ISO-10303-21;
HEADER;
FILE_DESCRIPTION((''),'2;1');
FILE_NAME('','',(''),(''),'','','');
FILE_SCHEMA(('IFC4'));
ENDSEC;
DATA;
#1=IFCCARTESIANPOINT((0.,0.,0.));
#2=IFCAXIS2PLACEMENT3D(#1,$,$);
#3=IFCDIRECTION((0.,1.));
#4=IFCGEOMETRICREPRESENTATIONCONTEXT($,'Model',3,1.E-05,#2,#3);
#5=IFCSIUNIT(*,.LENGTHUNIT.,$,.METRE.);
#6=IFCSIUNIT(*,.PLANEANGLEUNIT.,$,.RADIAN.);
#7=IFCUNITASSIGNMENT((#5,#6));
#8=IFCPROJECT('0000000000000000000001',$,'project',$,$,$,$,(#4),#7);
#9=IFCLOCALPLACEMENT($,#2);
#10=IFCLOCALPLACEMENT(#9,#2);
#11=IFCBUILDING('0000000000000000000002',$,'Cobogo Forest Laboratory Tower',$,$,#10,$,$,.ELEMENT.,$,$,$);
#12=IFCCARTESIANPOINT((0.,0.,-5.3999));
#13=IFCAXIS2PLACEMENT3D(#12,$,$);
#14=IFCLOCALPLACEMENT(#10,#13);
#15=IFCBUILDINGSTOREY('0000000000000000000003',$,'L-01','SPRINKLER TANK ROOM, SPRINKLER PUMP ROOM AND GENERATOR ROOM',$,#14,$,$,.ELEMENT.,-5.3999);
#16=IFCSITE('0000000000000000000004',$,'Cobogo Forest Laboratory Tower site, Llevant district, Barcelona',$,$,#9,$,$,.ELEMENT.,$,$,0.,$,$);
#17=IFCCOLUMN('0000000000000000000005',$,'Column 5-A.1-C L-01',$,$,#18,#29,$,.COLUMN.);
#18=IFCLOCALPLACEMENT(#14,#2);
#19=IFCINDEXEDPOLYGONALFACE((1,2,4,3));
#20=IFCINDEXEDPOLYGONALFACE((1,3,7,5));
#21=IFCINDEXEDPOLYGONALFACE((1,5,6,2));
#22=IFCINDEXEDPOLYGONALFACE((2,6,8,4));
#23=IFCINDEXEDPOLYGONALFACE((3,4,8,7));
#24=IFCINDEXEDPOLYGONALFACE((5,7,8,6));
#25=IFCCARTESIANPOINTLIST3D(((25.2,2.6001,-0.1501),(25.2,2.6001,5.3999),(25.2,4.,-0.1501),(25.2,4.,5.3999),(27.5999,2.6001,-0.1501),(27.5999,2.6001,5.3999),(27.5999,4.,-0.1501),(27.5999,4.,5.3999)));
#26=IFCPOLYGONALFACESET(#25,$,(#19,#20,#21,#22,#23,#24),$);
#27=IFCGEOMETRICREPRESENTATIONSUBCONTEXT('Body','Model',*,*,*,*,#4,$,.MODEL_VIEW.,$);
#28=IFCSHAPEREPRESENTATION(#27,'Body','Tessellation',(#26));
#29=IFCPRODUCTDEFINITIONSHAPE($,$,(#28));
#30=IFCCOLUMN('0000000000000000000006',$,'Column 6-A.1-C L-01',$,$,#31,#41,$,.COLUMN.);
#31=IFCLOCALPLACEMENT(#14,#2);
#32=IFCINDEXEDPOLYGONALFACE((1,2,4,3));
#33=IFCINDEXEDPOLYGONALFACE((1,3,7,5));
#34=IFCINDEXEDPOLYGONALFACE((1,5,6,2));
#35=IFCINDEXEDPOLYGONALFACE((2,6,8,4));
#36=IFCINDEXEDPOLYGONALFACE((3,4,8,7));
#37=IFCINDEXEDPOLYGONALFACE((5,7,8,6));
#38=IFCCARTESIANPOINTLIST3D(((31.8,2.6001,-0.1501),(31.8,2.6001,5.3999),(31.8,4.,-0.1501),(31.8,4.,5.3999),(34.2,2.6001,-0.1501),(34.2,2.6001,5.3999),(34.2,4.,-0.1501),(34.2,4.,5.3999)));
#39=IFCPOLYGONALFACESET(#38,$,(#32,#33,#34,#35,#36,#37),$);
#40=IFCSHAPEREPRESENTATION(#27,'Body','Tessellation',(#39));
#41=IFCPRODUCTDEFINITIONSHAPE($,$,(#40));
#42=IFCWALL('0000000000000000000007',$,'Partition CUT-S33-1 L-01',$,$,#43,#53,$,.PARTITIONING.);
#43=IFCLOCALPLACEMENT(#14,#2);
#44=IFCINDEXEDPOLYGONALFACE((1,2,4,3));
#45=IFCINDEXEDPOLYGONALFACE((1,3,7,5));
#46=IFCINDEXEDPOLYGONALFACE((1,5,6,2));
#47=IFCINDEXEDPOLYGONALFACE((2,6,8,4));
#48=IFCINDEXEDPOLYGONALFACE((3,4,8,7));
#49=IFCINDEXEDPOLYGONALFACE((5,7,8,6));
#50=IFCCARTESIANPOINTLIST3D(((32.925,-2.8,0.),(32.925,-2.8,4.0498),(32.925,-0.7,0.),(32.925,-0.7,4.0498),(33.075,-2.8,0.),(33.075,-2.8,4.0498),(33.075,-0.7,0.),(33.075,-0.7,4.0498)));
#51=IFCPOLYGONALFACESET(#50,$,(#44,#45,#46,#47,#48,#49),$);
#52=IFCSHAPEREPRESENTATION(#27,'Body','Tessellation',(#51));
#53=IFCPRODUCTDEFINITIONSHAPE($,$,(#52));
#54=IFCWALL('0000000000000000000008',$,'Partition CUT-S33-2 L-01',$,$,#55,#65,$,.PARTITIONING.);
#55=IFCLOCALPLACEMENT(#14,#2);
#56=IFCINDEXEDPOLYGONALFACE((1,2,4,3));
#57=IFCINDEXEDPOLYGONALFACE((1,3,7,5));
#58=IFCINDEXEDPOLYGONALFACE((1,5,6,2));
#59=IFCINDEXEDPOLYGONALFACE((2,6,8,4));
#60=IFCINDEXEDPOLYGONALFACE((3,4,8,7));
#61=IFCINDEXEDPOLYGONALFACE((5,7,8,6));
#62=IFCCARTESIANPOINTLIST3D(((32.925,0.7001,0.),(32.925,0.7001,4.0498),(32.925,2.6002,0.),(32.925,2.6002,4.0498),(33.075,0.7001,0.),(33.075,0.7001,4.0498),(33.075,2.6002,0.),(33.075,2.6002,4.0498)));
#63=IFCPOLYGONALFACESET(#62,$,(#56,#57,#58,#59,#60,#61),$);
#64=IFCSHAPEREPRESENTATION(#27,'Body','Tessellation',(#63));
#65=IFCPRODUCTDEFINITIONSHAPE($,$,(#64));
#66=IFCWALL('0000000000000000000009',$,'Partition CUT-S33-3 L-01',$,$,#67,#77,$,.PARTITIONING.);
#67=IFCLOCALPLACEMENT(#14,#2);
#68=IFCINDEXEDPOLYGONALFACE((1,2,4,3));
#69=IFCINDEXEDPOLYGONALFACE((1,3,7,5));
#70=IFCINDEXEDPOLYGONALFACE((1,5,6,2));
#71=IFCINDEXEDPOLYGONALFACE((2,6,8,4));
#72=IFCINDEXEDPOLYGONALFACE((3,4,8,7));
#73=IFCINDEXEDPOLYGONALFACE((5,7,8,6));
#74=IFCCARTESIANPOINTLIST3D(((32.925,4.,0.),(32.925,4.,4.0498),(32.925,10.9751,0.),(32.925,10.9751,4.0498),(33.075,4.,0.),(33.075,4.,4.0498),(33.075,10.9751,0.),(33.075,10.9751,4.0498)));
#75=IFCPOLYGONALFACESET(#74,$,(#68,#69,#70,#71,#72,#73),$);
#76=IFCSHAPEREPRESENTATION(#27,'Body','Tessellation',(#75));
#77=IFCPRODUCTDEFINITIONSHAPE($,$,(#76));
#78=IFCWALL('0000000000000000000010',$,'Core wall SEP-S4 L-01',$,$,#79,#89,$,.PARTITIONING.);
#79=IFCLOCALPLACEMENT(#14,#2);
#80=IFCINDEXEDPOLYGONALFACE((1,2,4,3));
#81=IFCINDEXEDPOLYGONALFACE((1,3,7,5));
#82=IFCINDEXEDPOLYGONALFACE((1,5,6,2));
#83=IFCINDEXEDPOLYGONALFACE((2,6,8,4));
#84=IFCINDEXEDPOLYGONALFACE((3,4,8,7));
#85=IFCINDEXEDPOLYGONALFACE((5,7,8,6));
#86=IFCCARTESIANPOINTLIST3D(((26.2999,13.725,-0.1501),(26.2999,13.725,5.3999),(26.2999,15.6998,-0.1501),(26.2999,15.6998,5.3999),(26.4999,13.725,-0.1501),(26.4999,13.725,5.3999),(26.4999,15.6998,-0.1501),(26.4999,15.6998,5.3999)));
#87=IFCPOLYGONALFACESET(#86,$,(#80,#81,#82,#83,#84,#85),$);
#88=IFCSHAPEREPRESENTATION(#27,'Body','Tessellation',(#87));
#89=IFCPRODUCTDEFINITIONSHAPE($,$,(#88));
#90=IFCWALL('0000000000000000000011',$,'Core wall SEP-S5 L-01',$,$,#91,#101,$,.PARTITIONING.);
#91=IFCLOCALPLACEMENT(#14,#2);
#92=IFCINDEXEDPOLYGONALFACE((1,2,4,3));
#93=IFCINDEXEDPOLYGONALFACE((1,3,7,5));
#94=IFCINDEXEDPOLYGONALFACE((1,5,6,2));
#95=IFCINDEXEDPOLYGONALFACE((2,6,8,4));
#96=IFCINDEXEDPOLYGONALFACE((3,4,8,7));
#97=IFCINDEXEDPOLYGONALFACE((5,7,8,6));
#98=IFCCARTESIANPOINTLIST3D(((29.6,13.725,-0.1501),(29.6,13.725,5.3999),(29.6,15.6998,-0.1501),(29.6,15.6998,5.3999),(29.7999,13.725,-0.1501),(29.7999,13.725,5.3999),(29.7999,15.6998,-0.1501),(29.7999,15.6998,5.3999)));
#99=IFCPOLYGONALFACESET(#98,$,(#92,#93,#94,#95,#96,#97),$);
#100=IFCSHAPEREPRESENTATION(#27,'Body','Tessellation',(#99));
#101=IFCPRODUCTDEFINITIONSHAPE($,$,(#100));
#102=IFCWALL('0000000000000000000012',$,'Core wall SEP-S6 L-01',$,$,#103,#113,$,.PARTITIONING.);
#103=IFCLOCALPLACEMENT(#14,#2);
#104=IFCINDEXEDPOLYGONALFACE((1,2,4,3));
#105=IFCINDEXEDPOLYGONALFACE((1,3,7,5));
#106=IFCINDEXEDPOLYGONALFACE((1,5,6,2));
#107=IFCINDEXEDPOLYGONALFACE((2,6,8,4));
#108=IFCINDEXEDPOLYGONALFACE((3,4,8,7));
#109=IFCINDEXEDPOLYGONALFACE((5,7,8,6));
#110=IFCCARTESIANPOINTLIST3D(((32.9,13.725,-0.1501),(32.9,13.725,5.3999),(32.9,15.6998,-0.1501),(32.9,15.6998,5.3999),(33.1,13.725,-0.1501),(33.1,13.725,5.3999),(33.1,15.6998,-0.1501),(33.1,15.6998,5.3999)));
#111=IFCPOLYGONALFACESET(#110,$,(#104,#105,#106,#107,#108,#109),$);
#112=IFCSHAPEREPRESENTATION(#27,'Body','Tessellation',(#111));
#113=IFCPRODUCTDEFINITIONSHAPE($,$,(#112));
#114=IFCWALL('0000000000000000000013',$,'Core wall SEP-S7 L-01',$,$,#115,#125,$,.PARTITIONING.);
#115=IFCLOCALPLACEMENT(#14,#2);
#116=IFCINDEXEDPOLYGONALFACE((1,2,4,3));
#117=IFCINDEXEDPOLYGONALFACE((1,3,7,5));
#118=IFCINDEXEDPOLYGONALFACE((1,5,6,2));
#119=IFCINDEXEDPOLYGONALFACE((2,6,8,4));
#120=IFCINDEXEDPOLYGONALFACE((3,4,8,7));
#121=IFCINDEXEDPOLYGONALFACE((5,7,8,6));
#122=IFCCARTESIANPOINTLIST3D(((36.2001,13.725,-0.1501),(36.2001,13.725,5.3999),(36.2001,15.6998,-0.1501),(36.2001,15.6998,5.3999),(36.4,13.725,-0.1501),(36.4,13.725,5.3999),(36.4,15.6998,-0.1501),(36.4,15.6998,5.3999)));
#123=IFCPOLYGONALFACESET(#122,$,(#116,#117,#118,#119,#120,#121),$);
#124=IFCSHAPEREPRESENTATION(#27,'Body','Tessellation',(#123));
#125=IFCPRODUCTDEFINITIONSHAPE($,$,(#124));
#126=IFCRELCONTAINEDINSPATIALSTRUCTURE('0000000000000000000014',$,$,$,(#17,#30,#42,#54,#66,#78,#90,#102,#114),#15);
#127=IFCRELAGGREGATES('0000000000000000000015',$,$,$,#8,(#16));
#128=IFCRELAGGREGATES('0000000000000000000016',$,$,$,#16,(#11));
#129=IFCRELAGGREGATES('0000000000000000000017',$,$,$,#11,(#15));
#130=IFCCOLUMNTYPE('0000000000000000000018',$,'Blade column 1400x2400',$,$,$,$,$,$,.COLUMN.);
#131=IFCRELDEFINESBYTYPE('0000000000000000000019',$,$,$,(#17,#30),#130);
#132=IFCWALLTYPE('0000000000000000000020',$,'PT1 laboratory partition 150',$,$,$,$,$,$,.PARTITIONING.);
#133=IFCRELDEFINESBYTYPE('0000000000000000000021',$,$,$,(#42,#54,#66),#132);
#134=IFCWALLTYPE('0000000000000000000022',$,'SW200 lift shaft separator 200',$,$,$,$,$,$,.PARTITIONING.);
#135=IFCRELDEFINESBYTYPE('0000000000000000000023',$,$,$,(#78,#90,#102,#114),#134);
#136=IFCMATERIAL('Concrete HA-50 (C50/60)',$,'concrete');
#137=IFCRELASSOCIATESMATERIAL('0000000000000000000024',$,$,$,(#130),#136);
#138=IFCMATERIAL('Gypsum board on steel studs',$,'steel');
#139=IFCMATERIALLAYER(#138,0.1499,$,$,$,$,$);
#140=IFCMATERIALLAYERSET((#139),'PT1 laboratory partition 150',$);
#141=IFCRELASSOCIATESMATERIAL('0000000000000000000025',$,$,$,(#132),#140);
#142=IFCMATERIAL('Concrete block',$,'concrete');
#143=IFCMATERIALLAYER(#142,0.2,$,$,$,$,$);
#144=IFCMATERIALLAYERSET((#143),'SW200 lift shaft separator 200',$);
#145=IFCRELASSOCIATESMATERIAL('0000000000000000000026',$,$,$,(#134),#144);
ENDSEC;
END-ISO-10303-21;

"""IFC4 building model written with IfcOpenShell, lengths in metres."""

from ifc_helpers import new_model, si_unit, direction, frame, frame_2d, origin, origin_2d, place, context, subcontext, project, spatial, rectangle, extrude, material, layer, layer_set, material_profile, profile_set, type_object, element, save


model = new_model("IFC4")

# Units and contexts
model_context = context("Model", 3, precision=1e-05, world=origin(), true_north=direction((0.0, 1.0)))
body_context = subcontext(model_context, "Body", "Model", "MODEL_VIEW")
ifc_project = project(units=[si_unit("LENGTHUNIT", "METRE"), si_unit("PLANEANGLEUNIT", "RADIAN")], contexts=[model_context])

# Site, building, storey
site_placement = place(None, origin())
site = spatial("IfcSite", under=ifc_project, at=site_placement, Name="Cobogo Forest Laboratory Tower site, Llevant district, Barcelona", CompositionType="ELEMENT", RefElevation=0.0)
building_placement = place(site_placement, origin())
building = spatial("IfcBuilding", under=site, at=building_placement, Name="Cobogo Forest Laboratory Tower", CompositionType="ELEMENT")
storey_placement = place(building_placement, frame((0.0, 0.0, -5.3999)))
storey = spatial("IfcBuildingStorey", under=building, at=storey_placement, Name="L-01", Description="SPRINKLER TANK ROOM, SPRINKLER PUMP ROOM AND GENERATOR ROOM", CompositionType="ELEMENT", Elevation=-5.3999)

# Columns
ifc_material_1 = material(Name="Concrete HA-50 (C50/60)", Category="concrete")
ifc_material_profile_1 = material_profile(ifc_material_1, rectangle(XDim=2.3999, YDim=1.3999, at=origin_2d()), Name="RC 1400x2400")
ifc_profile_set_1 = profile_set([ifc_material_profile_1], Name="Concrete HA-50 (C50/60)")
column_type = type_object("IfcColumnType", Name="Blade column 1400x2400", PredefinedType="COLUMN", material=ifc_profile_set_1)
for number, where, z_axis, x_axis, name in (
    (1, (26.3999, 3.3, -0.1501), (0.0, 0.0, 1.0), (1.0, 0.0, 0.0), "Column 5-A.1-C L-01"),
    (2, (33.0, 3.3, -0.1501), (0.0, 0.0, 1.0), (1.0, 0.0, 0.0), "Column 6-A.1-C L-01"),
):
    element("IfcColumn", number, at=place(storey_placement, frame(where, z_axis=z_axis, x_axis=x_axis)), inside=storey, type_object=column_type, Name=name, PredefinedType="COLUMN", context=body_context, shape_type="SweptSolid", body=[
        extrude(rectangle(XDim=2.3999, YDim=1.3999, at=origin_2d()), origin(), (0.0, 0.0, 1.0), 5.55),
    ])

# Walls
ifc_material_2 = material(Name="Gypsum board on steel studs", Category="steel")
ifc_layer_1 = layer(ifc_material_2, 0.1499)
ifc_layer_set_1 = layer_set([ifc_layer_1], Name="PT1 laboratory partition 150")
wall_type_1 = type_object("IfcWallType", Name="PT1 laboratory partition 150", PredefinedType="PARTITIONING", material=ifc_layer_set_1)
wall_1_placement = place(storey_placement, frame((33.0, -2.8, 0.0), z_axis=(0.0, 0.0, 1.0), x_axis=(0.0, 1.0, 0.0)))
element("IfcWall", 3, at=wall_1_placement, inside=storey, type_object=wall_type_1, Name="Partition CUT-S33-1 L-01", PredefinedType="PARTITIONING", context=body_context, shape_type="SweptSolid", body=[
    extrude(rectangle(XDim=2.1001, YDim=0.1499, at=frame_2d((1.05, 0.0))), origin(), (0.0, 0.0, 1.0), 4.0498),
])
wall_2_placement = place(storey_placement, frame((33.0, 0.7, 0.0), z_axis=(0.0, 0.0, 1.0), x_axis=(0.0, 1.0, 0.0)))
element("IfcWall", 4, at=wall_2_placement, inside=storey, type_object=wall_type_1, Name="Partition CUT-S33-2 L-01", PredefinedType="PARTITIONING", context=body_context, shape_type="SweptSolid", body=[
    extrude(rectangle(XDim=1.9001, YDim=0.1499, at=frame_2d((0.9502, 0.0))), origin(), (0.0, 0.0, 1.0), 4.0498),
])
wall_3_placement = place(storey_placement, frame((33.0, 4.0, 0.0), z_axis=(0.0, 0.0, 1.0), x_axis=(0.0, 1.0, 0.0)))
element("IfcWall", 5, at=wall_3_placement, inside=storey, type_object=wall_type_1, Name="Partition CUT-S33-3 L-01", PredefinedType="PARTITIONING", context=body_context, shape_type="SweptSolid", body=[
    extrude(rectangle(XDim=6.9751, YDim=0.1499, at=frame_2d((3.4875, 0.0))), origin(), (0.0, 0.0, 1.0), 4.0498),
])
ifc_material_3 = material(Name="Concrete block", Category="concrete")
ifc_layer_2 = layer(ifc_material_3, 0.2)
ifc_layer_set_2 = layer_set([ifc_layer_2], Name="SW200 lift shaft separator 200")
wall_type_2 = type_object("IfcWallType", Name="SW200 lift shaft separator 200", PredefinedType="PARTITIONING", material=ifc_layer_set_2)
for number, where, z_axis, x_axis, name in (
    (6, (26.3999, 13.7251, -0.1501), (0.0, 0.0, 1.0), (0.0, 1.0, 0.0), "Core wall SEP-S4 L-01"),
    (7, (29.7, 13.7251, -0.1501), (0.0, 0.0, 1.0), (0.0, 1.0, 0.0), "Core wall SEP-S5 L-01"),
    (8, (33.0, 13.7251, -0.1501), (0.0, 0.0, 1.0), (0.0, 1.0, 0.0), "Core wall SEP-S6 L-01"),
    (9, (36.3, 13.7251, -0.1501), (0.0, 0.0, 1.0), (0.0, 1.0, 0.0), "Core wall SEP-S7 L-01"),
):
    element("IfcWall", number, at=place(storey_placement, frame(where, z_axis=z_axis, x_axis=x_axis)), inside=storey, type_object=wall_type_2, Name=name, PredefinedType="PARTITIONING", context=body_context, shape_type="SweptSolid", body=[
        extrude(rectangle(XDim=1.9749, YDim=0.2, at=frame_2d((0.9873, 0.0))), origin(), (0.0, 0.0, 1.0), 5.55),
    ])

save(model, "model.ifc")
